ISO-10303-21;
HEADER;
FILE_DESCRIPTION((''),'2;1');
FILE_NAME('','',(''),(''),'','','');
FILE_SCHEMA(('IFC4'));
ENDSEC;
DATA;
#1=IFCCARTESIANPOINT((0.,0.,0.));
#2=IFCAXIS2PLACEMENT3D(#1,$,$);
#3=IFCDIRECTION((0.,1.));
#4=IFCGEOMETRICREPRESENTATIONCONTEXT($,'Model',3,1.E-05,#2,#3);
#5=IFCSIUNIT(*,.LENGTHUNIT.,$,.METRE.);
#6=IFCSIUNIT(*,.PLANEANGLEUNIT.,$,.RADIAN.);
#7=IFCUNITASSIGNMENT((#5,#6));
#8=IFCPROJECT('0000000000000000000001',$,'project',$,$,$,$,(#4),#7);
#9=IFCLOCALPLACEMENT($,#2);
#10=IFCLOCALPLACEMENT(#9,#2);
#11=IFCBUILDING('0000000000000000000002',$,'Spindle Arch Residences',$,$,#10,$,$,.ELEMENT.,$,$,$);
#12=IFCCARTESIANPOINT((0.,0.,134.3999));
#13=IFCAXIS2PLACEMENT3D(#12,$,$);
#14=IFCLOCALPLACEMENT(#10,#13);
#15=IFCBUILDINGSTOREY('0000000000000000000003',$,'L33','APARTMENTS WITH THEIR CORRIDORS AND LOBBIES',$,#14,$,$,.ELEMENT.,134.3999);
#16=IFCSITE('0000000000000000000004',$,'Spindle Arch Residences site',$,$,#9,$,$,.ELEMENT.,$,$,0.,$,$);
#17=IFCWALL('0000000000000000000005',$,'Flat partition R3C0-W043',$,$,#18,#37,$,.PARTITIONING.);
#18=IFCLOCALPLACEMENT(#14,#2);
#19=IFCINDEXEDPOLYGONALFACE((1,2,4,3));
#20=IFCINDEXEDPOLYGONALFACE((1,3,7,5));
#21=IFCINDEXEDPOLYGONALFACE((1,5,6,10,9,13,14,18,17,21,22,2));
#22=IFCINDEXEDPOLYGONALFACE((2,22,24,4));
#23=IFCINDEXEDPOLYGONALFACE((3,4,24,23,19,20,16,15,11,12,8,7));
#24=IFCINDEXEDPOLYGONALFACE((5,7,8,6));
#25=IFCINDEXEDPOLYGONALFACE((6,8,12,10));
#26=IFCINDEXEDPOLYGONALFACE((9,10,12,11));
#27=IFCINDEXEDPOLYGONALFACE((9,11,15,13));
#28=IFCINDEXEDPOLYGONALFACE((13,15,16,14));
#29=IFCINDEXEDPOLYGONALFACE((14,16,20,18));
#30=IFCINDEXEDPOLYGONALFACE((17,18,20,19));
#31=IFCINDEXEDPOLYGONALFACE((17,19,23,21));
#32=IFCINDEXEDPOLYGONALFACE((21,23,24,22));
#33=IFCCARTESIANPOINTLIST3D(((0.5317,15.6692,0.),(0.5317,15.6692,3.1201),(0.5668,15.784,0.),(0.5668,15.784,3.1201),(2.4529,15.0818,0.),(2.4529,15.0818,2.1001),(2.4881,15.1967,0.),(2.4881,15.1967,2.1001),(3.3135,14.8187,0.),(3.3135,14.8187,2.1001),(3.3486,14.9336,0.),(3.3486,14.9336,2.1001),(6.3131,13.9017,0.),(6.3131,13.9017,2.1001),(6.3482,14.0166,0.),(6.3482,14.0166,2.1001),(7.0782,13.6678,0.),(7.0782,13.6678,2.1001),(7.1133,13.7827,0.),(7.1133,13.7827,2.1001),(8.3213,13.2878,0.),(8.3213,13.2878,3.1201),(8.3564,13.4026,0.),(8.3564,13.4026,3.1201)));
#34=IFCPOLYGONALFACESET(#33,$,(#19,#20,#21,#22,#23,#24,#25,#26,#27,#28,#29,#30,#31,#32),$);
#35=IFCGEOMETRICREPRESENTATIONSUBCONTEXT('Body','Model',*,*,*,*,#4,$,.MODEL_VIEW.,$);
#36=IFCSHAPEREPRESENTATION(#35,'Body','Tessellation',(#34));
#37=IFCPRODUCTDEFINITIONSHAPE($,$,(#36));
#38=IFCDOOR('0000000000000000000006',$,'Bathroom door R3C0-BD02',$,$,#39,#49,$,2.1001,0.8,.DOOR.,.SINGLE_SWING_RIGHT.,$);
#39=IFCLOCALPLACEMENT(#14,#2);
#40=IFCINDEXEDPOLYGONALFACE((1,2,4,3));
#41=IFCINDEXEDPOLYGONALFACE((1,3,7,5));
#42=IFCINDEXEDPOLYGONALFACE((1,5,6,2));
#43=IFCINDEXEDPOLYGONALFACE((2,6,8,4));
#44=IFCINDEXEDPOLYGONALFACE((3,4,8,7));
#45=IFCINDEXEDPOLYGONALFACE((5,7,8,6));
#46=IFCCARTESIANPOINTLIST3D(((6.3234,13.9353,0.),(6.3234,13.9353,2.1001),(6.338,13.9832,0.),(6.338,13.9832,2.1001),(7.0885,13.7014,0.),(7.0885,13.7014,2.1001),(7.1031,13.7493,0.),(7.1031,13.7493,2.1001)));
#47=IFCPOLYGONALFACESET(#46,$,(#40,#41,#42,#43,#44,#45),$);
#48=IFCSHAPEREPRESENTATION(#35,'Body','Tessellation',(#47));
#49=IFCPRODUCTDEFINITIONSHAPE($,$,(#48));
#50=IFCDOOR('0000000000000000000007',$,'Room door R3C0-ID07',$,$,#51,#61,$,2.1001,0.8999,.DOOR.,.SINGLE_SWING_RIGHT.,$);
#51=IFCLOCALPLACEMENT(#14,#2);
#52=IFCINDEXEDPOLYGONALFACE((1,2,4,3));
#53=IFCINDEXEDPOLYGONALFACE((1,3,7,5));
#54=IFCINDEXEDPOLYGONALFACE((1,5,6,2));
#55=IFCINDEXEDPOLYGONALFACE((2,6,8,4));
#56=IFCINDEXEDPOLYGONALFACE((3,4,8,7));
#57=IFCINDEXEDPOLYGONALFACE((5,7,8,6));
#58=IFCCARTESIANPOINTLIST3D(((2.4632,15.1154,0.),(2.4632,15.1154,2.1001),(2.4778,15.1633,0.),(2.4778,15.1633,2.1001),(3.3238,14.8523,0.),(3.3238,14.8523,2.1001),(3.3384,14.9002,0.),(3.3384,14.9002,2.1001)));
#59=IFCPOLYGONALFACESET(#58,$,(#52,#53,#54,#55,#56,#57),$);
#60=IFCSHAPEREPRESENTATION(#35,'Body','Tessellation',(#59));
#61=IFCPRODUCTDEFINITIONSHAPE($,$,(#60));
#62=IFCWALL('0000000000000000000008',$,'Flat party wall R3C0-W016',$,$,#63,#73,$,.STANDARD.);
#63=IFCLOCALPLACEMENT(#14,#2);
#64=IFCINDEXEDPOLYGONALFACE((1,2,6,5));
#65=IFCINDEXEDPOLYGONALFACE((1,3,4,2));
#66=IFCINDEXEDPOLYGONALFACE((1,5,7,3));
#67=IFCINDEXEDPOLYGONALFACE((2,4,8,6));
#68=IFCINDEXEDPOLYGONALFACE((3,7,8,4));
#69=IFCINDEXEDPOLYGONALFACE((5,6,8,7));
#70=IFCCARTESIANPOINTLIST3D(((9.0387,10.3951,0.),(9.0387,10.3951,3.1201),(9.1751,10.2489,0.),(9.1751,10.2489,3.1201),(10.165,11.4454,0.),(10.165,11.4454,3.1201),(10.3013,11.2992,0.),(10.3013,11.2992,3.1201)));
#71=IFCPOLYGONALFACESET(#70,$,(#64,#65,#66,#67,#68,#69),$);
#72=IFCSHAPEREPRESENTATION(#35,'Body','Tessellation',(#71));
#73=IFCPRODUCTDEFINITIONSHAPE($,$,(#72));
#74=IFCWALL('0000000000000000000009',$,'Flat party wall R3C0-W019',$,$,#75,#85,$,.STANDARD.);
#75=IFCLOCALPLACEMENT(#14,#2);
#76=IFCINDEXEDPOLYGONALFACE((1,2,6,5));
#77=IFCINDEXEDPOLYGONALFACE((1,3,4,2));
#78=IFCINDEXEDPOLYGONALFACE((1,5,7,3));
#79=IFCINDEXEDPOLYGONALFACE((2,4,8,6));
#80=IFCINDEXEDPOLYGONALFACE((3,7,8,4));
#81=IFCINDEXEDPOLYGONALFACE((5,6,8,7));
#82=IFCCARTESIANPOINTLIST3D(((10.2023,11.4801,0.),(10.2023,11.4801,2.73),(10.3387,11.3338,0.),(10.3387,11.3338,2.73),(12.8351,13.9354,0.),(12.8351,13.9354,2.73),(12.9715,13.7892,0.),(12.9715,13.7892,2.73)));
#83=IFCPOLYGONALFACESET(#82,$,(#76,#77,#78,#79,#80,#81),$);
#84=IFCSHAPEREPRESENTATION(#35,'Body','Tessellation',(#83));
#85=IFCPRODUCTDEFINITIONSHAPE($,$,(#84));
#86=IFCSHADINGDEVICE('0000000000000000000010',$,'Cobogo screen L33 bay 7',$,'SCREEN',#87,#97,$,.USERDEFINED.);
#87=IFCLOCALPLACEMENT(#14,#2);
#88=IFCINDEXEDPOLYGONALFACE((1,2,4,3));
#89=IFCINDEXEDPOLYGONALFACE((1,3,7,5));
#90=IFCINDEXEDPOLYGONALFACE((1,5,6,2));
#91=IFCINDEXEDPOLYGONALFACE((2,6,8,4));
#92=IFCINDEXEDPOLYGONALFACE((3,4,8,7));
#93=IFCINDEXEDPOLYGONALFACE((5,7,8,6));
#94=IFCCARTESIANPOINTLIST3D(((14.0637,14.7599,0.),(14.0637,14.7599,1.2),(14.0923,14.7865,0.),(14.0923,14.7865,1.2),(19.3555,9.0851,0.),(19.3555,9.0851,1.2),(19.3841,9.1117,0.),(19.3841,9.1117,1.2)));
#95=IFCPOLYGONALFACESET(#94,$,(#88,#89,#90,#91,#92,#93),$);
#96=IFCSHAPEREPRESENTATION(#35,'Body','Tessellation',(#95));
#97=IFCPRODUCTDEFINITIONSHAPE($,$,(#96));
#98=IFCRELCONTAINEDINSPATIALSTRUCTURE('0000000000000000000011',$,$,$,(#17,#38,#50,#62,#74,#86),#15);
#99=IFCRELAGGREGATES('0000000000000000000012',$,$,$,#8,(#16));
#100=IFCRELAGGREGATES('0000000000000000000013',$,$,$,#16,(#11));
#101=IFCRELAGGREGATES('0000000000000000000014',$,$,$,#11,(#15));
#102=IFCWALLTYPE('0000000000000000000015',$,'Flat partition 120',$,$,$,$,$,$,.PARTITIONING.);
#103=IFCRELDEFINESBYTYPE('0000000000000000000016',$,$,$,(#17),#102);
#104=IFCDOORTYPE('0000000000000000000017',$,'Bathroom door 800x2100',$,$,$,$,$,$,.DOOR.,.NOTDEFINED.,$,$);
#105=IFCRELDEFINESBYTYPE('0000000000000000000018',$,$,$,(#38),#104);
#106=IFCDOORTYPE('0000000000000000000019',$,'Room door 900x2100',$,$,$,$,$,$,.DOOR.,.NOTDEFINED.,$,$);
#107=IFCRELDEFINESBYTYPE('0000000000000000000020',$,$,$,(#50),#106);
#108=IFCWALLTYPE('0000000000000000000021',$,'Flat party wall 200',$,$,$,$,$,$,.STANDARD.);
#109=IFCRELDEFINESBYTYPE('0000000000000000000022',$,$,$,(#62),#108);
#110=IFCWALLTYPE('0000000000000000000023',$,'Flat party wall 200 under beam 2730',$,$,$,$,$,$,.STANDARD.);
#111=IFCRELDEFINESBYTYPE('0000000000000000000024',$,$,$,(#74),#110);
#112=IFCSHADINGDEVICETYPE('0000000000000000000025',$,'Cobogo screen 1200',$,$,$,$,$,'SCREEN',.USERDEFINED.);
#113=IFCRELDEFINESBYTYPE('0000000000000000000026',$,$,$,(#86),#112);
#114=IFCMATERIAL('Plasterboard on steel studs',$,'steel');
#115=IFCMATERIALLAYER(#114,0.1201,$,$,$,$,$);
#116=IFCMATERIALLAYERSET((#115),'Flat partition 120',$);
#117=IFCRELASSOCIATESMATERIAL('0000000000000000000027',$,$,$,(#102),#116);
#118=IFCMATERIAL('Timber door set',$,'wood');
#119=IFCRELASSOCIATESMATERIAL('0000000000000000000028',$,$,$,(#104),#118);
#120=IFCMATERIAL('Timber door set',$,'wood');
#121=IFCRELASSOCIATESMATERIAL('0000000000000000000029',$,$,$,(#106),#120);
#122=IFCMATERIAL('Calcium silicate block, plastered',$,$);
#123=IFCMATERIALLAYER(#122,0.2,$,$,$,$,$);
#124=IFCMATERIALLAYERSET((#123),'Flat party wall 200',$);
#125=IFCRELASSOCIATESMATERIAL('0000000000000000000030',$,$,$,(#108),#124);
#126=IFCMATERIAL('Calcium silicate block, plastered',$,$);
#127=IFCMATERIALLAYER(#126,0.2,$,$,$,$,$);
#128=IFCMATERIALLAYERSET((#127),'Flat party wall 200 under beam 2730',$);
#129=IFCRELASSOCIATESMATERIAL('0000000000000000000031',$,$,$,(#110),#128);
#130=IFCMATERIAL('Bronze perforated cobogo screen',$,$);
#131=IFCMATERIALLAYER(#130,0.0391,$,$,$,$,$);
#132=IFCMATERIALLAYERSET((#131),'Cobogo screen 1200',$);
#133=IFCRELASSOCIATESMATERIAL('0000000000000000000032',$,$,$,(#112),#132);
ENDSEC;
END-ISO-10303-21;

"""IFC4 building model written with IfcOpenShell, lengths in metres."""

from ifc_helpers import new_model, si_unit, direction, frame, frame_2d, origin, origin_2d, place, context, subcontext, project, spatial, rectangle, extrude, material, layer, layer_set, type_object, element, fill, save


model = new_model("IFC4")

# Units and contexts
model_context = context("Model", 3, precision=1e-05, world=origin(), true_north=direction((0.0, 1.0)))
body_context = subcontext(model_context, "Body", "Model", "MODEL_VIEW")
ifc_project = project(units=[si_unit("LENGTHUNIT", "METRE"), si_unit("PLANEANGLEUNIT", "RADIAN")], contexts=[model_context])

# Site, building, storey
site_placement = place(None, origin())
site = spatial("IfcSite", under=ifc_project, at=site_placement, Name="Spindle Arch Residences site", CompositionType="ELEMENT", RefElevation=0.0)
building_placement = place(site_placement, origin())
building = spatial("IfcBuilding", under=site, at=building_placement, Name="Spindle Arch Residences", CompositionType="ELEMENT")
storey_placement = place(building_placement, frame((0.0, 0.0, 134.3999)))
storey = spatial("IfcBuildingStorey", under=building, at=storey_placement, Name="L33", Description="APARTMENTS WITH THEIR CORRIDORS AND LOBBIES", CompositionType="ELEMENT", Elevation=134.3999)

# Wall, openings, doors
ifc_material_1 = material(Name="Plasterboard on steel studs", Category="steel")
ifc_layer_1 = layer(ifc_material_1, 0.1201)
ifc_layer_set_1 = layer_set([ifc_layer_1], Name="Flat partition 120")
wall_type_1 = type_object("IfcWallType", Name="Flat partition 120", PredefinedType="PARTITIONING", material=ifc_layer_set_1)
wall_1_placement = place(storey_placement, frame((8.3389, 13.3452, 0.0), z_axis=(0.0, 0.0, 1.0), x_axis=(-0.95631, 0.292354, 0.0)))
wall_1 = element("IfcWall", 1, at=wall_1_placement, inside=storey, type_object=wall_type_1, Name="Flat partition R3C0-W043", PredefinedType="PARTITIONING", context=body_context, shape_type="SweptSolid", body=[
    extrude(rectangle(XDim=8.1455, YDim=0.1201, at=frame_2d((4.0728, 0.0))), origin(), (0.0, 0.0, 1.0), 3.1201),
])
opening_1_placement = place(wall_1_placement, frame((1.3, 0.0, 0.0)))
opening_1 = element("IfcOpeningElement", 2, at=opening_1_placement, cuts=wall_1, PredefinedType="OPENING", context=body_context, shape_type="SweptSolid", body=[
    extrude(rectangle(XDim=0.8, YDim=2.1001, at=frame_2d((0.3999, 1.05))), frame((0.0, 0.0701, 0.0), z_axis=(0.0, -1.0, 0.0), x_axis=(1.0, 0.0, 0.0)), (0.0, 0.0, 1.0), 0.1401),
])
opening_2_placement = place(wall_1_placement, frame((5.2366, 0.0, 0.0)))
opening_2 = element("IfcOpeningElement", 3, at=opening_2_placement, cuts=wall_1, PredefinedType="OPENING", context=body_context, shape_type="SweptSolid", body=[
    extrude(rectangle(XDim=0.8999, YDim=2.1001, at=frame_2d((0.45, 1.05))), frame((0.0, 0.0701, 0.0), z_axis=(0.0, -1.0, 0.0), x_axis=(1.0, 0.0, 0.0)), (0.0, 0.0, 1.0), 0.1401),
])
ifc_material_2 = material(Name="Timber door set", Category="wood")
door_type_1 = type_object("IfcDoorType", Name="Bathroom door 800x2100", OperationType="NOTDEFINED", PredefinedType="DOOR", material=ifc_material_2)
door_1_placement = place(opening_1_placement, origin())
door_1 = element("IfcDoor", 4, at=door_1_placement, inside=storey, type_object=door_type_1, Name="Bathroom door R3C0-BD02", OperationType="SINGLE_SWING_RIGHT", OverallHeight=2.1001, OverallWidth=0.8, PredefinedType="DOOR", context=body_context, shape_type="SweptSolid", body=[
    extrude(rectangle(XDim=0.8, YDim=2.1001, at=frame_2d((0.3999, 1.05))), frame((0.0, 0.0249, 0.0), z_axis=(0.0, -1.0, 0.0), x_axis=(1.0, 0.0, 0.0)), (0.0, 0.0, 1.0), 0.05),
])
fill(opening_1, door_1)
ifc_material_3 = material(Name="Timber door set", Category="wood")
door_type_2 = type_object("IfcDoorType", Name="Room door 900x2100", OperationType="NOTDEFINED", PredefinedType="DOOR", material=ifc_material_3)
door_2_placement = place(opening_2_placement, origin())
door_2 = element("IfcDoor", 5, at=door_2_placement, inside=storey, type_object=door_type_2, Name="Room door R3C0-ID07", OperationType="SINGLE_SWING_RIGHT", OverallHeight=2.1001, OverallWidth=0.8999, PredefinedType="DOOR", context=body_context, shape_type="SweptSolid", body=[
    extrude(rectangle(XDim=0.8999, YDim=2.1001, at=frame_2d((0.45, 1.05))), frame((0.0, 0.0249, 0.0), z_axis=(0.0, -1.0, 0.0), x_axis=(1.0, 0.0, 0.0)), (0.0, 0.0, 1.0), 0.05),
])
fill(opening_2, door_2)

# Walls
ifc_material_4 = material(Name="Calcium silicate block, plastered")
ifc_layer_2 = layer(ifc_material_4, 0.2)
ifc_layer_set_2 = layer_set([ifc_layer_2], Name="Flat party wall 200")
wall_type_2 = type_object("IfcWallType", Name="Flat party wall 200", PredefinedType="STANDARD", material=ifc_layer_set_2)
wall_2_placement = place(storey_placement, frame((10.2332, 11.3723, 0.0), z_axis=(0.0, 0.0, 1.0), x_axis=(-0.731329, -0.682024, 0.0)))
element("IfcWall", 6, at=wall_2_placement, inside=storey, type_object=wall_type_2, Name="Flat party wall R3C0-W016", PredefinedType="STANDARD", context=body_context, shape_type="SweptSolid", body=[
    extrude(rectangle(XDim=1.54, YDim=0.2, at=frame_2d((0.77, 0.0))), origin(), (0.0, 0.0, 1.0), 3.1201),
])
ifc_material_5 = material(Name="Calcium silicate block, plastered")
ifc_layer_3 = layer(ifc_material_5, 0.2)
ifc_layer_set_3 = layer_set([ifc_layer_3], Name="Flat party wall 200 under beam 2730")
wall_type_3 = type_object("IfcWallType", Name="Flat party wall 200 under beam 2730", PredefinedType="STANDARD", material=ifc_layer_set_3)
wall_3_placement = place(storey_placement, frame((12.9033, 13.8623, 0.0), z_axis=(0.0, 0.0, 1.0), x_axis=(-0.731328, -0.682026, 0.0)))
element("IfcWall", 7, at=wall_3_placement, inside=storey, type_object=wall_type_3, Name="Flat party wall R3C0-W019", PredefinedType="STANDARD", context=body_context, shape_type="SweptSolid", body=[
    extrude(rectangle(XDim=3.6001, YDim=0.2, at=frame_2d((1.8, 0.0))), origin(), (0.0, 0.0, 1.0), 2.73),
])

# Shading device
ifc_material_6 = material(Name="Bronze perforated cobogo screen")
ifc_layer_4 = layer(ifc_material_6, 0.0391)
ifc_layer_set_4 = layer_set([ifc_layer_4], Name="Cobogo screen 1200")
shading_device_type = type_object("IfcShadingDeviceType", Name="Cobogo screen 1200", ElementType="SCREEN", PredefinedType="USERDEFINED", material=ifc_layer_set_4)
shading_device_placement = place(storey_placement, frame((16.7239, 11.9358, 0.0), z_axis=(0.0, 0.0, 1.0), x_axis=(-0.681998, 0.731354, 0.0)))
element("IfcShadingDevice", 8, at=shading_device_placement, inside=storey, type_object=shading_device_type, Name="Cobogo screen L33 bay 7", ObjectType="SCREEN", PredefinedType="USERDEFINED", context=body_context, shape_type="SweptSolid", body=[
    extrude(rectangle(XDim=7.7593, YDim=0.0391, at=origin_2d()), origin(), (0.0, 0.0, 1.0), 1.2),
])

save(model, "model.ifc")
